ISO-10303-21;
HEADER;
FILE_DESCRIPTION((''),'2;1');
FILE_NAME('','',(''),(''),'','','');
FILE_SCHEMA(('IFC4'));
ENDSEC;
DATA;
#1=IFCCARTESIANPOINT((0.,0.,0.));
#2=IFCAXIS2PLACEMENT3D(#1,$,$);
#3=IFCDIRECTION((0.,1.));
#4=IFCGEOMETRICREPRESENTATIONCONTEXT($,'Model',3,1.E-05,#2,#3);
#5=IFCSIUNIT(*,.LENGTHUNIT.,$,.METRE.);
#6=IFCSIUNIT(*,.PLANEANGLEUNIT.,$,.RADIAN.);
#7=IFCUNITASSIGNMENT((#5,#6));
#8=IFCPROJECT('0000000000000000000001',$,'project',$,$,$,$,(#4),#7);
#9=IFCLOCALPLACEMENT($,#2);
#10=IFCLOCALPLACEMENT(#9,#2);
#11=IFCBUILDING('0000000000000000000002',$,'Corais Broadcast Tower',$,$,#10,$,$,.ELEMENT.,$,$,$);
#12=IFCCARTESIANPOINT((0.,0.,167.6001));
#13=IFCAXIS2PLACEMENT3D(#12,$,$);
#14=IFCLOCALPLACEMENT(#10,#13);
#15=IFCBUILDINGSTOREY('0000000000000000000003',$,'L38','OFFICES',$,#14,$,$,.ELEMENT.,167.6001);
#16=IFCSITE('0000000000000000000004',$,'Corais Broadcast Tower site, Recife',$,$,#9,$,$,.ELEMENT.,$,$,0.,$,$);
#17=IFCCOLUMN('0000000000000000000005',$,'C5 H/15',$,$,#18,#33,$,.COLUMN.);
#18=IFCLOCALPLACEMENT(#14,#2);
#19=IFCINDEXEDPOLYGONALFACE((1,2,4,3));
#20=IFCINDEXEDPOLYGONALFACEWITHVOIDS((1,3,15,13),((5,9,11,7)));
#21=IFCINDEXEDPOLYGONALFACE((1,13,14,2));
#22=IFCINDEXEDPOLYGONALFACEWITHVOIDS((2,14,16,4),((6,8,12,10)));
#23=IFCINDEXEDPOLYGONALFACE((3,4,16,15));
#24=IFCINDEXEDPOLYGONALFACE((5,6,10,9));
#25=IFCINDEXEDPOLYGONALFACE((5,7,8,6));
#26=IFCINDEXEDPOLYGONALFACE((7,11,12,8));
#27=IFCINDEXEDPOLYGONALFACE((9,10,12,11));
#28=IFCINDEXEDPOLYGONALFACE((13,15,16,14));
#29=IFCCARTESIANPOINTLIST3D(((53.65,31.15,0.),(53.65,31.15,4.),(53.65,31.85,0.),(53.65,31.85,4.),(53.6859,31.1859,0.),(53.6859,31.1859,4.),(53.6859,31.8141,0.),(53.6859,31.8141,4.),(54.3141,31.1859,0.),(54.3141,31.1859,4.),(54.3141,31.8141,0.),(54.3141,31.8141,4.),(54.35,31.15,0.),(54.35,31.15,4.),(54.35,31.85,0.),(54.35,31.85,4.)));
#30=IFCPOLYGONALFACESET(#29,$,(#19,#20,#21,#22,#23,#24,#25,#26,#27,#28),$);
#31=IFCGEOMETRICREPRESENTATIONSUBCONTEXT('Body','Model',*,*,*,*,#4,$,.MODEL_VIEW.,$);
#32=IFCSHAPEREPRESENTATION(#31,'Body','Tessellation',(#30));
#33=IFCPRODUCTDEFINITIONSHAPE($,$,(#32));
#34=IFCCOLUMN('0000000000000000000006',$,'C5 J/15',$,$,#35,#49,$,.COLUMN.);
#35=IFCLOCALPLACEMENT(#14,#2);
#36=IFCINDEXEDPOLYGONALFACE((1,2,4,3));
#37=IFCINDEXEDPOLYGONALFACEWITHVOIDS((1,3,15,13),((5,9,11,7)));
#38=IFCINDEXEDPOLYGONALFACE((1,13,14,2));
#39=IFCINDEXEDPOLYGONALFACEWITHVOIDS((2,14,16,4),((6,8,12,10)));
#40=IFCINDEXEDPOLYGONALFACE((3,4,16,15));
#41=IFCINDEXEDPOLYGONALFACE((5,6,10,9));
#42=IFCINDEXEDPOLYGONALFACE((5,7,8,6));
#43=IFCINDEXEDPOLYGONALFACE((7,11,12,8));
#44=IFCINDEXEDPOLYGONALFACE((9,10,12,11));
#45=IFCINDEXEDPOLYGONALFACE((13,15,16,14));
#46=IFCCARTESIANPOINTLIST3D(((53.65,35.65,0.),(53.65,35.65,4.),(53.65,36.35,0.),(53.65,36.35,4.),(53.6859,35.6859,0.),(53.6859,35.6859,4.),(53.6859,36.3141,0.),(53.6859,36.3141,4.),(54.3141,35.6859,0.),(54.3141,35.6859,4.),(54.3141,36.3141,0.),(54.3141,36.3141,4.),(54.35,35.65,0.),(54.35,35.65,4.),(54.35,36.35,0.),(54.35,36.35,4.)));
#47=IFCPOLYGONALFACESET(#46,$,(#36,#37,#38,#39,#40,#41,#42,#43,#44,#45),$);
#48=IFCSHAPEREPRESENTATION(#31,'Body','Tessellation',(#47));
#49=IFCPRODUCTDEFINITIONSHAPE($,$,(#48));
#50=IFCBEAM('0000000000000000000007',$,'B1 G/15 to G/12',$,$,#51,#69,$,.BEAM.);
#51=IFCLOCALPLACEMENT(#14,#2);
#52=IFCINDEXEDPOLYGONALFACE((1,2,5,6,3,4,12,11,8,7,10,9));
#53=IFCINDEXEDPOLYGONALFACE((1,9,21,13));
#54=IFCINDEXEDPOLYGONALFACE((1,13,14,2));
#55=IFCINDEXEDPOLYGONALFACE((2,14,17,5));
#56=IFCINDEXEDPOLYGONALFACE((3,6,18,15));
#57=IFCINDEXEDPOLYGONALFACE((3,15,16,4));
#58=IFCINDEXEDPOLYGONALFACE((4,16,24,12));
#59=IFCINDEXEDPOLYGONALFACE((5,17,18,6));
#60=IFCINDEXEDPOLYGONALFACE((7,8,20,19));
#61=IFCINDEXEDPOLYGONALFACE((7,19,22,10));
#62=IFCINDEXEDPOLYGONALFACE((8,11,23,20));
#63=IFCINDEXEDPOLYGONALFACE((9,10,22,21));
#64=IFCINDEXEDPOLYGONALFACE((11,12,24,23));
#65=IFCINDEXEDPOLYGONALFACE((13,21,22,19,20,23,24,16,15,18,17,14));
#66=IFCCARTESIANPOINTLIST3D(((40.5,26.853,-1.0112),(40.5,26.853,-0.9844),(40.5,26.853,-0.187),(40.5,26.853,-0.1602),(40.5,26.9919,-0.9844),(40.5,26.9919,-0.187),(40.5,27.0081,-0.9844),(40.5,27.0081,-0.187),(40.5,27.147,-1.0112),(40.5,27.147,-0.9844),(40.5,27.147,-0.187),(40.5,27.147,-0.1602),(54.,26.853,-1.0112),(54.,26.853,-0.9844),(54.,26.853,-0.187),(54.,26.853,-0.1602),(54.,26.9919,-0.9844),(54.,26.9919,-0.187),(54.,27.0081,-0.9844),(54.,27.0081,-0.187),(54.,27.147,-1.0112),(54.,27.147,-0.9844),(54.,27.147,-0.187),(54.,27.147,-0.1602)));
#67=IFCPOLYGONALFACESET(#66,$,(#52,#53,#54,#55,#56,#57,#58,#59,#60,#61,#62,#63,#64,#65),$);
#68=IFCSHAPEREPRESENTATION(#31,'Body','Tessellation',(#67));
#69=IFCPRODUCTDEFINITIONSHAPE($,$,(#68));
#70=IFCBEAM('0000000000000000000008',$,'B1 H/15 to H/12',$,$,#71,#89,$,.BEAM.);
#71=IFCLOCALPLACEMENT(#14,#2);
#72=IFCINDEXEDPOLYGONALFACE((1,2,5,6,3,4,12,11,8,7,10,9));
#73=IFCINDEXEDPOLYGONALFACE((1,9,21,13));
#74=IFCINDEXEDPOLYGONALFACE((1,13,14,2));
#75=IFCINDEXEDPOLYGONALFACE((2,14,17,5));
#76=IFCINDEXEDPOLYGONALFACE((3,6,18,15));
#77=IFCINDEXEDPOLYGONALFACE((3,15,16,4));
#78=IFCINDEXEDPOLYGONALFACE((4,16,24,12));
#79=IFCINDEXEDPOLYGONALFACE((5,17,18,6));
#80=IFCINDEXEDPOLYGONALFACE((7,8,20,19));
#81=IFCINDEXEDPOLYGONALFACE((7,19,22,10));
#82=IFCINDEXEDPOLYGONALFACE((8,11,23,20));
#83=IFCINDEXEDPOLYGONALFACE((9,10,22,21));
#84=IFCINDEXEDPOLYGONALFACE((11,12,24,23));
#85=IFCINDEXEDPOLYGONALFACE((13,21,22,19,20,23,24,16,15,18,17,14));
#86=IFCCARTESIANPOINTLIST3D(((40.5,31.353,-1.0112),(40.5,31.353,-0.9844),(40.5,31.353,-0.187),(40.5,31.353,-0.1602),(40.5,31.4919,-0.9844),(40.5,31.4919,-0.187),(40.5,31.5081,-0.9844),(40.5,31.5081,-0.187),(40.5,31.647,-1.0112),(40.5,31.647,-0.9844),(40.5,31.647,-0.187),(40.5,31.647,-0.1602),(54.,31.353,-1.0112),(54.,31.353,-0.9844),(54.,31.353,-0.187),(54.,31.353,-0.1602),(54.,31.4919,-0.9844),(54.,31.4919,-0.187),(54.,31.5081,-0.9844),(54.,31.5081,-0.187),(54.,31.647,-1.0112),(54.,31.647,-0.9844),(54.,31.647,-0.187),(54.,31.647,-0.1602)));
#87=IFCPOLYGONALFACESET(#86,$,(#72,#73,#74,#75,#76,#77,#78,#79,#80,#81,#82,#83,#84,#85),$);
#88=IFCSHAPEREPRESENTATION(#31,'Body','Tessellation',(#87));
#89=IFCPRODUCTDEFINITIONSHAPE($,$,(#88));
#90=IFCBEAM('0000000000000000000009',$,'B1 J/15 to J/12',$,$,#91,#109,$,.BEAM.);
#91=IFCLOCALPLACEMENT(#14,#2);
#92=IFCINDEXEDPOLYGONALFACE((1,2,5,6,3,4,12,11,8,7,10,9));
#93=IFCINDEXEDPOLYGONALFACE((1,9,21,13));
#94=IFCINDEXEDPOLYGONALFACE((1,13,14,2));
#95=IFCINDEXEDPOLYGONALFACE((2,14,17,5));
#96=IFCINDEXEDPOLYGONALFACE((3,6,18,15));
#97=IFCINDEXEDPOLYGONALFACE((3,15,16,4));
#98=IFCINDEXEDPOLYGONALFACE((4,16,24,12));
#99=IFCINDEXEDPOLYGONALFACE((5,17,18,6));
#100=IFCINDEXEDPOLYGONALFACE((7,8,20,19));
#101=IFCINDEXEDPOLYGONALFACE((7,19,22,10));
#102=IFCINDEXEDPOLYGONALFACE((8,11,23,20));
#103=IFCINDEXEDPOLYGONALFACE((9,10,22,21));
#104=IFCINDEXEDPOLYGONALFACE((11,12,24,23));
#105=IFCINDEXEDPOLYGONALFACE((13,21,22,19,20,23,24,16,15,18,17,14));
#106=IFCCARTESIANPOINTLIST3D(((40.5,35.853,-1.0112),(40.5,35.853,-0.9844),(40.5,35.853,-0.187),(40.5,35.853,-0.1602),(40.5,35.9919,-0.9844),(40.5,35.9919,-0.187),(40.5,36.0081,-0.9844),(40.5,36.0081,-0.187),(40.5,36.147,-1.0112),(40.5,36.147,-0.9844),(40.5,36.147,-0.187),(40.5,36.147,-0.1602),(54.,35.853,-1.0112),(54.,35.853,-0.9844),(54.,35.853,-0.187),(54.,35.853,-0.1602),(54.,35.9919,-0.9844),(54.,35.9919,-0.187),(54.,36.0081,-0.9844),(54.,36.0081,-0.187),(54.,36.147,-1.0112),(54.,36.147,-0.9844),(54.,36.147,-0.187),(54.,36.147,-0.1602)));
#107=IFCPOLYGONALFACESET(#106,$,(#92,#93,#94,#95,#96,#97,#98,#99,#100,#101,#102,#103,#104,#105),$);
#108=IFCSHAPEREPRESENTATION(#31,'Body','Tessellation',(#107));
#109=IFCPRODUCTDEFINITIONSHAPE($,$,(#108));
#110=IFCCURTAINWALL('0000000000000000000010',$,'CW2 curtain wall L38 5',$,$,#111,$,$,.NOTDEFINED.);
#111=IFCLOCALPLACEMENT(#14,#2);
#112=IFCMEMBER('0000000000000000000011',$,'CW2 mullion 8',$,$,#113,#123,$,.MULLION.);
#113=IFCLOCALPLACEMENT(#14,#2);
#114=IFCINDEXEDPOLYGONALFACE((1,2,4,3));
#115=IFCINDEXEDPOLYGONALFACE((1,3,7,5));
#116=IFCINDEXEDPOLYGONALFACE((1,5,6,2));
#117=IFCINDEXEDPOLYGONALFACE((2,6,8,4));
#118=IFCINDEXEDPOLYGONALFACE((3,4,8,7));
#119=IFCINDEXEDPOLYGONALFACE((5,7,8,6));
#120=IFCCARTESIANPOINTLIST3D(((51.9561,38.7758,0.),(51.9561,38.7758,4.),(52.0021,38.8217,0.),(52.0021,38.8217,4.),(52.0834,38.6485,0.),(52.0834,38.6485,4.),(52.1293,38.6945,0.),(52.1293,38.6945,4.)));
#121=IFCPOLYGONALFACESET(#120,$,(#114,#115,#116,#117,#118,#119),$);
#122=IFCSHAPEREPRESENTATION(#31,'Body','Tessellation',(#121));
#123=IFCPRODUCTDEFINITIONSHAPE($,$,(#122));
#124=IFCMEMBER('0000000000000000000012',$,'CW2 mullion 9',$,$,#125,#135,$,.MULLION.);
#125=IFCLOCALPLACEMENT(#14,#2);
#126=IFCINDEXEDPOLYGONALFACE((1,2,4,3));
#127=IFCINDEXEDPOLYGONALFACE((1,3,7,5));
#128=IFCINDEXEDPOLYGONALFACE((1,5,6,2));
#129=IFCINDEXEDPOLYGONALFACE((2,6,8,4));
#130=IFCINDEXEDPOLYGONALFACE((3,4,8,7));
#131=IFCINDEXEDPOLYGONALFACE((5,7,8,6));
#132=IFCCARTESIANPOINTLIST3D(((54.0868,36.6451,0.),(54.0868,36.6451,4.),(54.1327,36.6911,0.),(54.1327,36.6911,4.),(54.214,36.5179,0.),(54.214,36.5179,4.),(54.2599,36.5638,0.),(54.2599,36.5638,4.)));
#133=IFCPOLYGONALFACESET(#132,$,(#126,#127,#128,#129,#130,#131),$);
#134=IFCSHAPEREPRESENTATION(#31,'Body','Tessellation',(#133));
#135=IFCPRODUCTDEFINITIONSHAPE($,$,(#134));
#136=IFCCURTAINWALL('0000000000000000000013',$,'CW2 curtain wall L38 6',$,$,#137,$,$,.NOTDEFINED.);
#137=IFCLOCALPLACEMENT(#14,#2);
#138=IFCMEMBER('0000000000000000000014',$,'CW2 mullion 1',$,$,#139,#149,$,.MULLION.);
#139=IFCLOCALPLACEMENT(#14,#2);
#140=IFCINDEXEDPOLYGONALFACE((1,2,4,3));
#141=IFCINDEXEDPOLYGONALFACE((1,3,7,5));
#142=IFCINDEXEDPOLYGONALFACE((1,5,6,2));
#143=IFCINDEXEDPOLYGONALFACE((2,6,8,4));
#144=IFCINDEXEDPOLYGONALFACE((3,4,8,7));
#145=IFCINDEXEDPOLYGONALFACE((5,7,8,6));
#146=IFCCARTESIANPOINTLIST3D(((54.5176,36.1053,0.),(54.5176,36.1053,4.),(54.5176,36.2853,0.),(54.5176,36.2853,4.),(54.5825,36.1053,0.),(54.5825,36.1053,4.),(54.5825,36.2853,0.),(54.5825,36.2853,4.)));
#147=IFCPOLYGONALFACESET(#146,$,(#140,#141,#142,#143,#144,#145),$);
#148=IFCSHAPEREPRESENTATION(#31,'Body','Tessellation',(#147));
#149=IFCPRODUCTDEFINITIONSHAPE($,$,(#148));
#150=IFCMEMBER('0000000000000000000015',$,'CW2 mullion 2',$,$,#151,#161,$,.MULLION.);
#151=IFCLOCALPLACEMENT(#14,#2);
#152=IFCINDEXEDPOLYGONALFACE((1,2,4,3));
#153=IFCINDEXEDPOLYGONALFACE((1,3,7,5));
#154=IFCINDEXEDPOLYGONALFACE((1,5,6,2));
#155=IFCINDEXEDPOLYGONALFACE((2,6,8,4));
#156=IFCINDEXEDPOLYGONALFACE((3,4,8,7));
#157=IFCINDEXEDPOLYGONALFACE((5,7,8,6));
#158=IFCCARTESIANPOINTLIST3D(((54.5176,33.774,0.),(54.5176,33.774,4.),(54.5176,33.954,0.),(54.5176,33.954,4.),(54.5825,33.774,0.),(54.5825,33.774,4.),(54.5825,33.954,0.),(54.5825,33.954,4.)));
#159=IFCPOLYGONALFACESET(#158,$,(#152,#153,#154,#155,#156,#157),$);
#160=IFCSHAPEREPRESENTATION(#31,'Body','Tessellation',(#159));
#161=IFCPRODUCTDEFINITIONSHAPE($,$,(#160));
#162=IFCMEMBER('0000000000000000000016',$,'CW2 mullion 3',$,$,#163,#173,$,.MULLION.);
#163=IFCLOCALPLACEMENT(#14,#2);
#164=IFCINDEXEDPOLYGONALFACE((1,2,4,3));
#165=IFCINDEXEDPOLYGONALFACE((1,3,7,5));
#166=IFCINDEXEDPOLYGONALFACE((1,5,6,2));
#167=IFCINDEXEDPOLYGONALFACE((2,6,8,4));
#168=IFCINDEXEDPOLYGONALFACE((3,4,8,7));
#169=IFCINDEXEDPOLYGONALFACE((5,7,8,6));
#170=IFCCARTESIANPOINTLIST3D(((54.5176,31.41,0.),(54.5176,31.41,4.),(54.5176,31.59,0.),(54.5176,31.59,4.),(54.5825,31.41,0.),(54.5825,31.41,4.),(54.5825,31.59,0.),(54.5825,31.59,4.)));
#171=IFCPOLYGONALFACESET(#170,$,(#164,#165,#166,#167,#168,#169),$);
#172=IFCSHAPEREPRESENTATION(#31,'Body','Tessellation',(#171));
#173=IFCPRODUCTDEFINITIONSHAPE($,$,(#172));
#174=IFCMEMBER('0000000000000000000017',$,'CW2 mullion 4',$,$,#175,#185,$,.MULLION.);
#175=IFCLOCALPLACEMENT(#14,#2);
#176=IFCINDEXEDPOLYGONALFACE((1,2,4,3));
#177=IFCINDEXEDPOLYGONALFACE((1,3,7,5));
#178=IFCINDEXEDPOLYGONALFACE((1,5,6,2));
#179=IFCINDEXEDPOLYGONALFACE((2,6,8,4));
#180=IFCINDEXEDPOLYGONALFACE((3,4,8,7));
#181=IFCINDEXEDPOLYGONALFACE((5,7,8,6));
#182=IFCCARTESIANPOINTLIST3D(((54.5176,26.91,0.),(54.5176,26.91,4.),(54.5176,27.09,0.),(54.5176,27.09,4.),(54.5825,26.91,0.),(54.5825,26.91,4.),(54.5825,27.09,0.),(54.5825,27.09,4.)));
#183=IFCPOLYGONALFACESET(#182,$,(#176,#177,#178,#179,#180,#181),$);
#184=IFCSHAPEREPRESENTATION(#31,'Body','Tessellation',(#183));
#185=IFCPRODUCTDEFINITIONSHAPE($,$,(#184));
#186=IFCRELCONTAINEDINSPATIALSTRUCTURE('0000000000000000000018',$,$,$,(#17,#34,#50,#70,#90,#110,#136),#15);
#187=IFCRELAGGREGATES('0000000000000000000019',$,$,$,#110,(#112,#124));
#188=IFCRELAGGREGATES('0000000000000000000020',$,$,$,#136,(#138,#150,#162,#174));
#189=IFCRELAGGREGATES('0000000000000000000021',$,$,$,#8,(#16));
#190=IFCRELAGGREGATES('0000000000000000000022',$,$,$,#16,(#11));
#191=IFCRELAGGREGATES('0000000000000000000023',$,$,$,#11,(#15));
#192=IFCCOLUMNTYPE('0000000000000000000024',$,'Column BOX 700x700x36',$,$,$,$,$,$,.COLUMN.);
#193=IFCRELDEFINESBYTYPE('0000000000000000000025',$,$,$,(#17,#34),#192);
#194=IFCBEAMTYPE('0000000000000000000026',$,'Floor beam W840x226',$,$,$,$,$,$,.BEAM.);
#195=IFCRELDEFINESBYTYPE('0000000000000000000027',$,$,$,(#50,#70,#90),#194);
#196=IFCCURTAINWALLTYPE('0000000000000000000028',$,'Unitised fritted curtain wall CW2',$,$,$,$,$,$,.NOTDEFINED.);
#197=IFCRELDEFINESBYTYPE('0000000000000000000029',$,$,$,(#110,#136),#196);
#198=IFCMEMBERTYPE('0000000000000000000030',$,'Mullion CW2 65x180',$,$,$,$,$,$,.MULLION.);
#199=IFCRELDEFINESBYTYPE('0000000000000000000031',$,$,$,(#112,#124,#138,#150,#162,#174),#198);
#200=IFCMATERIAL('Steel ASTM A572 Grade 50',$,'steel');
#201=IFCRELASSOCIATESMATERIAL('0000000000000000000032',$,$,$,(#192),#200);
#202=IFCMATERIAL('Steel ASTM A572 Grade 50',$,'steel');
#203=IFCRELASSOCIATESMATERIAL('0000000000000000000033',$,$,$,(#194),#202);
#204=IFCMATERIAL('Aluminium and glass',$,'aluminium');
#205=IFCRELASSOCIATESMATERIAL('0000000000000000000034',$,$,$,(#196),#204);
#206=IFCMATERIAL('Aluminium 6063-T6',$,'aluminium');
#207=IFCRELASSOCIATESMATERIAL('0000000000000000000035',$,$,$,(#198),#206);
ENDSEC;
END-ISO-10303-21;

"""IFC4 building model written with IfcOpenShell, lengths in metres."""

from ifc_helpers import new_model, si_unit, direction, frame, origin, origin_2d, place, context, subcontext, project, spatial, rectangle, hollow_rectangle, i_section, extrude, material, material_profile, profile_set, type_object, element, aggregate, save


model = new_model("IFC4")

# Units and contexts
model_context = context("Model", 3, precision=1e-05, world=origin(), true_north=direction((0.0, 1.0)))
body_context = subcontext(model_context, "Body", "Model", "MODEL_VIEW")
ifc_project = project(units=[si_unit("LENGTHUNIT", "METRE"), si_unit("PLANEANGLEUNIT", "RADIAN")], contexts=[model_context])

# Site, building, storey
site_placement = place(None, origin())
site = spatial("IfcSite", under=ifc_project, at=site_placement, Name="Corais Broadcast Tower site, Recife", CompositionType="ELEMENT", RefElevation=0.0)
building_placement = place(site_placement, origin())
building = spatial("IfcBuilding", under=site, at=building_placement, Name="Corais Broadcast Tower", CompositionType="ELEMENT")
storey_placement = place(building_placement, frame((0.0, 0.0, 167.6001)))
storey = spatial("IfcBuildingStorey", under=building, at=storey_placement, Name="L38", Description="OFFICES", CompositionType="ELEMENT", Elevation=167.6001)

# Columns
ifc_material_1 = material(Name="Steel ASTM A572 Grade 50", Category="steel")
ifc_material_profile_1 = material_profile(ifc_material_1, hollow_rectangle(XDim=0.7, YDim=0.7, WallThickness=0.0359, at=origin_2d()), Name="BOX 700x700x36")
ifc_profile_set_1 = profile_set([ifc_material_profile_1], Name="Steel ASTM A572 Grade 50")
column_type = type_object("IfcColumnType", Name="Column BOX 700x700x36", PredefinedType="COLUMN", material=ifc_profile_set_1)
for number, where, z_axis, x_axis, name in (
    (1, (54.0, 31.5, 0.0), (0.0, 0.0, 1.0), (1.0, 0.0, 0.0), "C5 H/15"),
    (2, (54.0, 36.0, 0.0), (0.0, 0.0, 1.0), (1.0, 0.0, 0.0), "C5 J/15"),
):
    element("IfcColumn", number, at=place(storey_placement, frame(where, z_axis=z_axis, x_axis=x_axis)), inside=storey, type_object=column_type, Name=name, PredefinedType="COLUMN", context=body_context, shape_type="SweptSolid", body=[
        extrude(hollow_rectangle(XDim=0.7, YDim=0.7, WallThickness=0.0359, at=origin_2d()), origin(), (0.0, 0.0, 1.0), 4.0),
    ])

# Beams
ifc_material_2 = material(Name="Steel ASTM A572 Grade 50", Category="steel")
ifc_material_profile_2 = material_profile(ifc_material_2, i_section(OverallWidth=0.2939, OverallDepth=0.8511, WebThickness=0.0161, FlangeThickness=0.0269, at=origin_2d()), Name="W840x226")
ifc_profile_set_2 = profile_set([ifc_material_profile_2], Name="Steel ASTM A572 Grade 50")
beam_type_1 = type_object("IfcBeamType", Name="Floor beam W840x226", PredefinedType="BEAM", material=ifc_profile_set_2)
for number, where, z_axis, x_axis, name in (
    (3, (54.0, 27.0, -0.5857), (-1.0, 0.0, 0.0), (0.0, -1.0, 0.0), "B1 G/15 to G/12"),
    (4, (54.0, 31.5, -0.5857), (-1.0, 0.0, 0.0), (0.0, -1.0, 0.0), "B1 H/15 to H/12"),
    (5, (54.0, 36.0, -0.5857), (-1.0, 0.0, 0.0), (0.0, -1.0, 0.0), "B1 J/15 to J/12"),
):
    element("IfcBeam", number, at=place(storey_placement, frame(where, z_axis=z_axis, x_axis=x_axis)), inside=storey, type_object=beam_type_1, Name=name, PredefinedType="BEAM", context=body_context, shape_type="SweptSolid", body=[
        extrude(i_section(OverallWidth=0.2939, OverallDepth=0.8511, WebThickness=0.0161, FlangeThickness=0.0269, at=origin_2d()), origin(), (0.0, 0.0, 1.0), 13.5),
    ])

# Curtain walls, members
ifc_material_3 = material(Name="Aluminium and glass", Category="aluminium")
curtain_wall_type = type_object("IfcCurtainWallType", Name="Unitised fritted curtain wall CW2", PredefinedType="NOTDEFINED", material=ifc_material_3)
curtain_wall_1_placement = place(storey_placement, origin())
curtain_wall_1 = element("IfcCurtainWall", 6, at=curtain_wall_1_placement, inside=storey, type_object=curtain_wall_type, Name="CW2 curtain wall L38 5", PredefinedType="NOTDEFINED")
ifc_material_4 = material(Name="Aluminium 6063-T6", Category="aluminium")
ifc_material_profile_3 = material_profile(ifc_material_4, rectangle(XDim=0.0649, YDim=0.1799, at=origin_2d()), Name="Mullion CW2 65x180")
ifc_profile_set_3 = profile_set([ifc_material_profile_3], Name="Aluminium 6063-T6")
member_type_1 = type_object("IfcMemberType", Name="Mullion CW2 65x180", PredefinedType="MULLION", material=ifc_profile_set_3)
member_1_placement = place(storey_placement, frame((52.0427, 38.7351, 0.0), z_axis=(0.0, 0.0, 1.0), x_axis=(0.707107, 0.707107, 0.0)))
member_1 = element("IfcMember", 7, at=member_1_placement, type_object=member_type_1, Name="CW2 mullion 8", PredefinedType="MULLION", context=body_context, shape_type="SweptSolid", body=[
    extrude(rectangle(XDim=0.0649, YDim=0.1799, at=origin_2d()), origin(), (0.0, 0.0, 1.0), 4.0),
])
member_2_placement = place(storey_placement, frame((54.1733, 36.6045, 0.0), z_axis=(0.0, 0.0, 1.0), x_axis=(0.707107, 0.707107, 0.0)))
member_2 = element("IfcMember", 8, at=member_2_placement, type_object=member_type_1, Name="CW2 mullion 9", PredefinedType="MULLION", context=body_context, shape_type="SweptSolid", body=[
    extrude(rectangle(XDim=0.0649, YDim=0.1799, at=origin_2d()), origin(), (0.0, 0.0, 1.0), 4.0),
])
curtain_wall_2_placement = place(storey_placement, origin())
curtain_wall_2 = element("IfcCurtainWall", 9, at=curtain_wall_2_placement, inside=storey, type_object=curtain_wall_type, Name="CW2 curtain wall L38 6", PredefinedType="NOTDEFINED")
member_3_placement = place(storey_placement, frame((54.55, 36.1953, 0.0), z_axis=(0.0, 0.0, 1.0), x_axis=(1.0, 0.0, 0.0)))
member_3 = element("IfcMember", 10, at=member_3_placement, type_object=member_type_1, Name="CW2 mullion 1", PredefinedType="MULLION", context=body_context, shape_type="SweptSolid", body=[
    extrude(rectangle(XDim=0.0649, YDim=0.1799, at=origin_2d()), origin(), (0.0, 0.0, 1.0), 4.0),
])
member_4_placement = place(storey_placement, frame((54.55, 33.864, 0.0), z_axis=(0.0, 0.0, 1.0), x_axis=(1.0, 0.0, 0.0)))
member_4 = element("IfcMember", 11, at=member_4_placement, type_object=member_type_1, Name="CW2 mullion 2", PredefinedType="MULLION", context=body_context, shape_type="SweptSolid", body=[
    extrude(rectangle(XDim=0.0649, YDim=0.1799, at=origin_2d()), origin(), (0.0, 0.0, 1.0), 4.0),
])
member_5_placement = place(storey_placement, frame((54.55, 31.5, 0.0), z_axis=(0.0, 0.0, 1.0), x_axis=(1.0, 0.0, 0.0)))
member_5 = element("IfcMember", 12, at=member_5_placement, type_object=member_type_1, Name="CW2 mullion 3", PredefinedType="MULLION", context=body_context, shape_type="SweptSolid", body=[
    extrude(rectangle(XDim=0.0649, YDim=0.1799, at=origin_2d()), origin(), (0.0, 0.0, 1.0), 4.0),
])
member_6_placement = place(storey_placement, frame((54.55, 27.0, 0.0), z_axis=(0.0, 0.0, 1.0), x_axis=(1.0, 0.0, 0.0)))
member_6 = element("IfcMember", 13, at=member_6_placement, type_object=member_type_1, Name="CW2 mullion 4", PredefinedType="MULLION", context=body_context, shape_type="SweptSolid", body=[
    extrude(rectangle(XDim=0.0649, YDim=0.1799, at=origin_2d()), origin(), (0.0, 0.0, 1.0), 4.0),
])

aggregate(curtain_wall_1, [member_1, member_2])
aggregate(curtain_wall_2, [member_3, member_4, member_5, member_6])

save(model, "model.ifc")
